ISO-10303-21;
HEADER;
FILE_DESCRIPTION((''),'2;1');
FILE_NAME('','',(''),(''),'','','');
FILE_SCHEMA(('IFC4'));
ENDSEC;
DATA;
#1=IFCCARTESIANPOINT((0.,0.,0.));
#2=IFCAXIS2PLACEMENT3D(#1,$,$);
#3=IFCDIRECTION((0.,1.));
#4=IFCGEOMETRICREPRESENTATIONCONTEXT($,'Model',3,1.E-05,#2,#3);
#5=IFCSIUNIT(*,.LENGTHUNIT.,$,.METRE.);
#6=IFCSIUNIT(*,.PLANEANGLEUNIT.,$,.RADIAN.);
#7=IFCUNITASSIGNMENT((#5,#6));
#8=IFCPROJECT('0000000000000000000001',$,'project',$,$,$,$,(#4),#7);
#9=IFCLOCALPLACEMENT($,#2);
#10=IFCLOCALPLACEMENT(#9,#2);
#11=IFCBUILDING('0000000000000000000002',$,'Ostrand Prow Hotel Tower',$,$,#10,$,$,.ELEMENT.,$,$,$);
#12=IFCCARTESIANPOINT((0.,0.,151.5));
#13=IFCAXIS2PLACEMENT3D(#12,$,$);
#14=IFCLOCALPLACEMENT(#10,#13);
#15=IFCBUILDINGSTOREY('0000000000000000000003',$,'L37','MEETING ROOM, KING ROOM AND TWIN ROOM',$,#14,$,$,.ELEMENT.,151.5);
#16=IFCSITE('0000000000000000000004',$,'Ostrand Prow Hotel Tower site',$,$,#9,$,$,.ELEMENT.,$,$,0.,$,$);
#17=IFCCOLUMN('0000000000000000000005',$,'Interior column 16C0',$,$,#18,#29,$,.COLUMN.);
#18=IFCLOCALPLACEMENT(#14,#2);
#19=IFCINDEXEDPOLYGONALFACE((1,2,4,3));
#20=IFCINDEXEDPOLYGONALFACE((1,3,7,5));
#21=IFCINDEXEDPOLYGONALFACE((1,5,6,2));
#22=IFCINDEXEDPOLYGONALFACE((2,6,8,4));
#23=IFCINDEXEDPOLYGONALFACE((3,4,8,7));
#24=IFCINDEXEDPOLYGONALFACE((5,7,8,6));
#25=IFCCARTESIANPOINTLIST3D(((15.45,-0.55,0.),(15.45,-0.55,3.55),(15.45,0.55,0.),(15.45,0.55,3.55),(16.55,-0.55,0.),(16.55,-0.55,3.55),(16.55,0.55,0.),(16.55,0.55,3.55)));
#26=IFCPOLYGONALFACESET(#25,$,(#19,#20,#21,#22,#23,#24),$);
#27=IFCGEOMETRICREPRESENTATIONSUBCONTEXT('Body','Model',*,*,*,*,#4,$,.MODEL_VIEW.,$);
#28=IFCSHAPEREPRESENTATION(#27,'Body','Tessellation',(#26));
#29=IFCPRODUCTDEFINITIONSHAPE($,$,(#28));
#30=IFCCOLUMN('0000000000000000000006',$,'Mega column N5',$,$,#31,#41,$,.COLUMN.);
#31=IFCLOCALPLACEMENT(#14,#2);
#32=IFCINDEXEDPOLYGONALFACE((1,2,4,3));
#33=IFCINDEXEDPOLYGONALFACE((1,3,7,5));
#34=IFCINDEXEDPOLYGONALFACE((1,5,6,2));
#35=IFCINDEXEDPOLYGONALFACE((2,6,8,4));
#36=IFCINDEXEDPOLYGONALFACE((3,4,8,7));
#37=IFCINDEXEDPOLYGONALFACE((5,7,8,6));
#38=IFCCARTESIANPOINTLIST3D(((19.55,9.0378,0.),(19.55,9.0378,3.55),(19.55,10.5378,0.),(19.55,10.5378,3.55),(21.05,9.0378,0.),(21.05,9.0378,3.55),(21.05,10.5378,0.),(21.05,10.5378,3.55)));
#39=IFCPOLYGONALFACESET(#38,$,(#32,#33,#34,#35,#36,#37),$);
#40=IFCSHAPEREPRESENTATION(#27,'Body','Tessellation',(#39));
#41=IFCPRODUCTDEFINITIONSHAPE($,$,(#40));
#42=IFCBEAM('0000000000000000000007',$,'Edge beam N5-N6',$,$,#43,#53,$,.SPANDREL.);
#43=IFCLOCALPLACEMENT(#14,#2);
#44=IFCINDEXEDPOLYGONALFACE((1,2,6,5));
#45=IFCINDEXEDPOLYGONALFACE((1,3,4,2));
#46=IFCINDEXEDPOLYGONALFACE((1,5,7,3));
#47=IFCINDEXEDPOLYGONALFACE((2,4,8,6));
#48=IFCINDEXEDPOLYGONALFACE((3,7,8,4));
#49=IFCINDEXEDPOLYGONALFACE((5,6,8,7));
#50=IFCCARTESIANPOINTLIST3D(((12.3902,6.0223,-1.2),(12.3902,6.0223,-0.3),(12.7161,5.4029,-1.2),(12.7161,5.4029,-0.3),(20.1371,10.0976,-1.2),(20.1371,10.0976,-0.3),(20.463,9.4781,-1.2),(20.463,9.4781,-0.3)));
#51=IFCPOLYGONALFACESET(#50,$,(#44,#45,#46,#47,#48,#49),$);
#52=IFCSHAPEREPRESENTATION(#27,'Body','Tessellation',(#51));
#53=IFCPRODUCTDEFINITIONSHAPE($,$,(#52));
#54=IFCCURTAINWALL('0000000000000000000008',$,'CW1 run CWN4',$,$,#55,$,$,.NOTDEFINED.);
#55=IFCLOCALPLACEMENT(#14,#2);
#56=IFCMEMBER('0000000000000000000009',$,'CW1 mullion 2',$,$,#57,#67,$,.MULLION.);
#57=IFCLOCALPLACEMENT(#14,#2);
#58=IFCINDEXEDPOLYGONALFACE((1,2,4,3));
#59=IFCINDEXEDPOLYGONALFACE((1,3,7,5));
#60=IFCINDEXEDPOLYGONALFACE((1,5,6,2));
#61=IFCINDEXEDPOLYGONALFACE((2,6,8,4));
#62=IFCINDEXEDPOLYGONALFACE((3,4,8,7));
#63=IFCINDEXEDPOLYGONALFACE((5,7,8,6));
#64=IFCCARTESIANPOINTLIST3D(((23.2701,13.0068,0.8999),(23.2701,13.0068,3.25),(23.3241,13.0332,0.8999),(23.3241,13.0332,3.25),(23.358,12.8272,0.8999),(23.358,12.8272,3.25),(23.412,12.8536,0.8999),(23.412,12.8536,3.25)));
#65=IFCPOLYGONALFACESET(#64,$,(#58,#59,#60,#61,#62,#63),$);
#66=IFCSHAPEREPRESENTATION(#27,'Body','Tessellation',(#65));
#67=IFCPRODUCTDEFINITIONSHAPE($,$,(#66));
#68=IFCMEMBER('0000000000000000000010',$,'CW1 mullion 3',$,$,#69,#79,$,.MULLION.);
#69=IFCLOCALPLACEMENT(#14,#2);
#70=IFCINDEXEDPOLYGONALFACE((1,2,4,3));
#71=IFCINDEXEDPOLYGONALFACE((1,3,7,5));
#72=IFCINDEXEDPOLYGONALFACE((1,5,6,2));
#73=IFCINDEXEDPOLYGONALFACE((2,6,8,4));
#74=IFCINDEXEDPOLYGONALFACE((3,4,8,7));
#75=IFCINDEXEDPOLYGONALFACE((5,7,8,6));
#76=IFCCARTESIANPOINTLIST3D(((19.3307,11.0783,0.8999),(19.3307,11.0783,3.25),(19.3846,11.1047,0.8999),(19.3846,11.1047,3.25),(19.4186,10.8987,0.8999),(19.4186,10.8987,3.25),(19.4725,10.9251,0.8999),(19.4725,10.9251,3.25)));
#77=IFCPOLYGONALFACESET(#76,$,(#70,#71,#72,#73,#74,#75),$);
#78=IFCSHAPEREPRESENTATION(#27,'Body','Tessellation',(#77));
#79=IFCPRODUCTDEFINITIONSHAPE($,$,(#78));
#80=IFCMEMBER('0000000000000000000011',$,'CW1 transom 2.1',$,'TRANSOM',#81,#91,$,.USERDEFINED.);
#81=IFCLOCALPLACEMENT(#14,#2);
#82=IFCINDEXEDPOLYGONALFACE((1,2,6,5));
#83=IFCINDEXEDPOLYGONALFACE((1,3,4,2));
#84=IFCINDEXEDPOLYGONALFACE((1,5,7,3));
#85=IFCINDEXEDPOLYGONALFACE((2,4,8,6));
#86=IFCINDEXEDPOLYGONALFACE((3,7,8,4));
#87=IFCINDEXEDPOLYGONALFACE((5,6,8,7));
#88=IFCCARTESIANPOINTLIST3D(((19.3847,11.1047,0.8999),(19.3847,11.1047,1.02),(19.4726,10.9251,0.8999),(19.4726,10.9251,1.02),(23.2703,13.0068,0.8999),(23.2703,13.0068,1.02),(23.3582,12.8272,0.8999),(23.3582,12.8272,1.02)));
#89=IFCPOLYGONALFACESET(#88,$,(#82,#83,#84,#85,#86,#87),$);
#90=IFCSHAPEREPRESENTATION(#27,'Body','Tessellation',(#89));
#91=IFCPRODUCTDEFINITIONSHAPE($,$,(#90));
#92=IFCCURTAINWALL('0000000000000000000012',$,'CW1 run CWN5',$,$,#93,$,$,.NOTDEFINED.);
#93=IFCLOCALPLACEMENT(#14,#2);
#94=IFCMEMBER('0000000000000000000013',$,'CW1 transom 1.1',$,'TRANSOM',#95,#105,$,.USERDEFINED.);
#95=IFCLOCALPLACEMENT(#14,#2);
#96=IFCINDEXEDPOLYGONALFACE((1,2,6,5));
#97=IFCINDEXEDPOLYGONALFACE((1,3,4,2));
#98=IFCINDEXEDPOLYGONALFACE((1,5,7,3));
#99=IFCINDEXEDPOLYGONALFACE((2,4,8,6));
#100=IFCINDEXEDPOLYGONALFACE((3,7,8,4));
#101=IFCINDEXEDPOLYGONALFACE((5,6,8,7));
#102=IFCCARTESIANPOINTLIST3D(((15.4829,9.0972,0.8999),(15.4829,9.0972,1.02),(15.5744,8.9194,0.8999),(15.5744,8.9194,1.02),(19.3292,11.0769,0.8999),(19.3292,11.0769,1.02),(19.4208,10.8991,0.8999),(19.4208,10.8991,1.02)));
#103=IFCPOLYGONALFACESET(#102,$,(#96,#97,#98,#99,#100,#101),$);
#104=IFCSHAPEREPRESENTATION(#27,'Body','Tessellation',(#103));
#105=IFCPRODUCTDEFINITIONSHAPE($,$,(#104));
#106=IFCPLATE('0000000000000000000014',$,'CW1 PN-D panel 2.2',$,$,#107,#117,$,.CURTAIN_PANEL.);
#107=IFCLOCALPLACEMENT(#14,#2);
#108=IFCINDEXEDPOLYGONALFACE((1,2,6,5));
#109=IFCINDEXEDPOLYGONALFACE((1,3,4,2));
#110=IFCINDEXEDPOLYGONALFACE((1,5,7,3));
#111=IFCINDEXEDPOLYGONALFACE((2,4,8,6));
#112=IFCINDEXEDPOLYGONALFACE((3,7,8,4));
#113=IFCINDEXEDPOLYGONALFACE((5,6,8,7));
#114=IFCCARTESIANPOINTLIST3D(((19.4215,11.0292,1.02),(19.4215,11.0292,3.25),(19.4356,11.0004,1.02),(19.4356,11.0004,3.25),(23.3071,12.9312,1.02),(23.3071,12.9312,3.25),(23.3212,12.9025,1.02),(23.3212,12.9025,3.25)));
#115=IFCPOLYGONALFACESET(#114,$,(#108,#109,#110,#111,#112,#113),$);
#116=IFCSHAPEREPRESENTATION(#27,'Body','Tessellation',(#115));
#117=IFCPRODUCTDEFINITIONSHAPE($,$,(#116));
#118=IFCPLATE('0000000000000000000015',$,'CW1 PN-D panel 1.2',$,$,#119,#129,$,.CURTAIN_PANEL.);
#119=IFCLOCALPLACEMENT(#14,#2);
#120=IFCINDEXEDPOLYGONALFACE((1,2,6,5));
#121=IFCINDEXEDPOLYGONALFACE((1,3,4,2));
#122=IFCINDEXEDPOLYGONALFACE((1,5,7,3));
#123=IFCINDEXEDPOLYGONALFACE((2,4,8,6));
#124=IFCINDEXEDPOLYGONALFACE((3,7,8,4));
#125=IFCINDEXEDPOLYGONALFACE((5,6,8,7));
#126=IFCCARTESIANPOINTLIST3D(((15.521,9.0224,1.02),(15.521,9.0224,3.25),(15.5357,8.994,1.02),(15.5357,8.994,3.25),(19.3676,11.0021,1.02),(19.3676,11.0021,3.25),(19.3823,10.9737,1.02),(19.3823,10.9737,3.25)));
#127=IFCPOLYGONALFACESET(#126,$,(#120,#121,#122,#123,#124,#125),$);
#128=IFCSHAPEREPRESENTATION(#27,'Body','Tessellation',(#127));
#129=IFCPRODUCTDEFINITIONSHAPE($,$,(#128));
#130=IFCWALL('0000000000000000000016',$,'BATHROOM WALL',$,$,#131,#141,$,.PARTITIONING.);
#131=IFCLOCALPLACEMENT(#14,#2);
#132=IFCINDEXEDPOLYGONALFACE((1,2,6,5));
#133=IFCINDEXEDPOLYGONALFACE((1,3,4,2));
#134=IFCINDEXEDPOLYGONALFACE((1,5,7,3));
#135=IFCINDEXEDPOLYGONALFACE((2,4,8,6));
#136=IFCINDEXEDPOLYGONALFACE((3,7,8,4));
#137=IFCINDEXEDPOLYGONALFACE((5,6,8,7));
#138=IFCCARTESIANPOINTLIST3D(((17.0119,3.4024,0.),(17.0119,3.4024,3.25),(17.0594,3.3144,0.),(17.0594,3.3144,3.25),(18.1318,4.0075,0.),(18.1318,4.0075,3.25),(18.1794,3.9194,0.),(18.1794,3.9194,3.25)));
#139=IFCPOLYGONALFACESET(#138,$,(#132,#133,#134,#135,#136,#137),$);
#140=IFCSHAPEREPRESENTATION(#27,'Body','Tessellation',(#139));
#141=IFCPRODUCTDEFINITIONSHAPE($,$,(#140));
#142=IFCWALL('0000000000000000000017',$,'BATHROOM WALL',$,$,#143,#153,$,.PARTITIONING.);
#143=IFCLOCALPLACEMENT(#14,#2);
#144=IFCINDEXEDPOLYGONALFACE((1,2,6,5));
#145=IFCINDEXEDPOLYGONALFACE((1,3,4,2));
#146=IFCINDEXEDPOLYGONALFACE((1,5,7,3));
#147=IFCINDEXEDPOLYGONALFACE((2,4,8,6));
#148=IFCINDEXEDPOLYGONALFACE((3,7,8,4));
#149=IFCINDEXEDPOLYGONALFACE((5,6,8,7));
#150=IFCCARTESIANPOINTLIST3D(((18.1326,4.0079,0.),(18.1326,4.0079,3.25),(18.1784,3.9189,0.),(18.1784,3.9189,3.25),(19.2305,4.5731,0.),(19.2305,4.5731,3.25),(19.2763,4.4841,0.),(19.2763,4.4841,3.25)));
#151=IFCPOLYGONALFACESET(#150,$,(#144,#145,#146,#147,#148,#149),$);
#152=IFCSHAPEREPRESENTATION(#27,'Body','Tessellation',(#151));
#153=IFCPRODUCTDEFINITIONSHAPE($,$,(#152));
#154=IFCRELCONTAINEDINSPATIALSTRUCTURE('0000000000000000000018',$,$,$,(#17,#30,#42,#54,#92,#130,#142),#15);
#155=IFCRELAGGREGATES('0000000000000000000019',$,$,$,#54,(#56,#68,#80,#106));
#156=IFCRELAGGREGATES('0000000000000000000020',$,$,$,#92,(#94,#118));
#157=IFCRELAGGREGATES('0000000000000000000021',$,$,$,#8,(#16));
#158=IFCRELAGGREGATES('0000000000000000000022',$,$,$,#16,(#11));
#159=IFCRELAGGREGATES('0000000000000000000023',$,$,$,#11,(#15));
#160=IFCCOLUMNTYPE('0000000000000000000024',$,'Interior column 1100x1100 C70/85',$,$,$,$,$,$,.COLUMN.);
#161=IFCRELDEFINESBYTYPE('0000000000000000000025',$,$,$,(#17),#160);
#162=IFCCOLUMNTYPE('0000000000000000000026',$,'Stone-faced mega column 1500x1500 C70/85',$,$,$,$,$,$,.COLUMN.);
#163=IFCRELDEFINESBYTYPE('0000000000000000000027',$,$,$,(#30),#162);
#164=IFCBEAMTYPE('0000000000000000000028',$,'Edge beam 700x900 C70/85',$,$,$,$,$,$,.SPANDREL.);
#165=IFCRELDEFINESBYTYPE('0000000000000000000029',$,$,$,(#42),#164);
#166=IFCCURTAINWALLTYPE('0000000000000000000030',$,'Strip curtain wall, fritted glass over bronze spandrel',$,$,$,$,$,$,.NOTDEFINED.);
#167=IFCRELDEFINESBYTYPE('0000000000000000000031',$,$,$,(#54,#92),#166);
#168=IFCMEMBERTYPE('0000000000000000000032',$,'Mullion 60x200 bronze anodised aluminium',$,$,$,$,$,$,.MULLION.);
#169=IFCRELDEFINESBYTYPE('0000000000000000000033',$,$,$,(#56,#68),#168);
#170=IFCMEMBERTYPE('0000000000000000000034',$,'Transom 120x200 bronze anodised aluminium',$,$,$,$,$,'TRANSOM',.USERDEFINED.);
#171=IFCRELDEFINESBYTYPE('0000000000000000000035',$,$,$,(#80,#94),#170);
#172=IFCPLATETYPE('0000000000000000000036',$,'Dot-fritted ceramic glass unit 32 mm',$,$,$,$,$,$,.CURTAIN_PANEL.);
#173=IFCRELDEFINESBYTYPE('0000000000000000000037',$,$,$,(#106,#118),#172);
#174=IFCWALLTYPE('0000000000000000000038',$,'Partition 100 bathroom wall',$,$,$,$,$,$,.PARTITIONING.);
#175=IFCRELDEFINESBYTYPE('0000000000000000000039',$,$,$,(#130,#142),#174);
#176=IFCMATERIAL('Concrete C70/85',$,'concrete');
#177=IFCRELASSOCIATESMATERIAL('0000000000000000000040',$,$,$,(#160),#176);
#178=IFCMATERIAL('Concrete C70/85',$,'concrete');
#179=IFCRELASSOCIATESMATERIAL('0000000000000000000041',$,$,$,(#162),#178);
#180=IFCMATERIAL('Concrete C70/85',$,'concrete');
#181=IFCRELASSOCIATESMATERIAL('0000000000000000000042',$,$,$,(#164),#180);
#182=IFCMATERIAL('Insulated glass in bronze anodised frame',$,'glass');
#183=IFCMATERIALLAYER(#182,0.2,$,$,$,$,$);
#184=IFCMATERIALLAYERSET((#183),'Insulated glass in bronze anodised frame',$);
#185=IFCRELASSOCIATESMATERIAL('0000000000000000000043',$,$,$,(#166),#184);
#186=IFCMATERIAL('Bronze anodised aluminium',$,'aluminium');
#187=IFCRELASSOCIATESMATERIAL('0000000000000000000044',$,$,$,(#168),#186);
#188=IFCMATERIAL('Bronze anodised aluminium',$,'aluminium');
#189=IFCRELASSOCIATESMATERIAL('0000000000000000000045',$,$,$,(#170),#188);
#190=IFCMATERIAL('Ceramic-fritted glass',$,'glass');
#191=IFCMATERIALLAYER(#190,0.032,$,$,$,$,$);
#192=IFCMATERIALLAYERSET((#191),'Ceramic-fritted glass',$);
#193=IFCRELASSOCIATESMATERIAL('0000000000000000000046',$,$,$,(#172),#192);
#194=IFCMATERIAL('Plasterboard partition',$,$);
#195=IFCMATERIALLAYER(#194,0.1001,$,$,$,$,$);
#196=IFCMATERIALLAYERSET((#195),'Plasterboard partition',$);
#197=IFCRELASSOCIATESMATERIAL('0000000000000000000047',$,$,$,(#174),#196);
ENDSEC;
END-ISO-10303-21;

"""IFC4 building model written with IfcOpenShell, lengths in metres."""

from ifc_helpers import new_model, si_unit, direction, frame, frame_2d, origin, origin_2d, place, context, subcontext, project, spatial, rectangle, extrude, material, layer, layer_set, material_profile, profile_set, type_object, element, aggregate, save


model = new_model("IFC4")

# Units and contexts
model_context = context("Model", 3, precision=1e-05, world=origin(), true_north=direction((0.0, 1.0)))
body_context = subcontext(model_context, "Body", "Model", "MODEL_VIEW")
ifc_project = project(units=[si_unit("LENGTHUNIT", "METRE"), si_unit("PLANEANGLEUNIT", "RADIAN")], contexts=[model_context])

# Site, building, storey
site_placement = place(None, origin())
site = spatial("IfcSite", under=ifc_project, at=site_placement, Name="Ostrand Prow Hotel Tower site", CompositionType="ELEMENT", RefElevation=0.0)
building_placement = place(site_placement, origin())
building = spatial("IfcBuilding", under=site, at=building_placement, Name="Ostrand Prow Hotel Tower", CompositionType="ELEMENT")
storey_placement = place(building_placement, frame((0.0, 0.0, 151.5)))
storey = spatial("IfcBuildingStorey", under=building, at=storey_placement, Name="L37", Description="MEETING ROOM, KING ROOM AND TWIN ROOM", CompositionType="ELEMENT", Elevation=151.5)

# Columns
ifc_material_1 = material(Name="Concrete C70/85", Category="concrete")
ifc_material_profile_1 = material_profile(ifc_material_1, rectangle(XDim=1.1001, YDim=1.1001, at=origin_2d()), Name="RC 1100x1100")
ifc_profile_set_1 = profile_set([ifc_material_profile_1], Name="Concrete C70/85")
column_type_1 = type_object("IfcColumnType", Name="Interior column 1100x1100 C70/85", PredefinedType="COLUMN", material=ifc_profile_set_1)
column_1_placement = place(storey_placement, frame((16.0, 0.0, 0.0), z_axis=(0.0, 0.0, 1.0), x_axis=(1.0, 0.0, 0.0)))
element("IfcColumn", 1, at=column_1_placement, inside=storey, type_object=column_type_1, Name="Interior column 16C0", PredefinedType="COLUMN", context=body_context, shape_type="SweptSolid", body=[
    extrude(rectangle(XDim=1.1001, YDim=1.1001, at=origin_2d()), origin(), (0.0, 0.0, 1.0), 3.55),
])
ifc_material_2 = material(Name="Concrete C70/85", Category="concrete")
ifc_material_profile_2 = material_profile(ifc_material_2, rectangle(XDim=1.5, YDim=1.5, at=origin_2d()), Name="RC 1500x1500")
ifc_profile_set_2 = profile_set([ifc_material_profile_2], Name="Concrete C70/85")
column_type_2 = type_object("IfcColumnType", Name="Stone-faced mega column 1500x1500 C70/85", PredefinedType="COLUMN", material=ifc_profile_set_2)
column_2_placement = place(storey_placement, frame((20.3, 9.7878, 0.0), z_axis=(0.0, 0.0, 1.0), x_axis=(1.0, 0.0, 0.0)))
element("IfcColumn", 2, at=column_2_placement, inside=storey, type_object=column_type_2, Name="Mega column N5", PredefinedType="COLUMN", context=body_context, shape_type="SweptSolid", body=[
    extrude(rectangle(XDim=1.5, YDim=1.5, at=origin_2d()), origin(), (0.0, 0.0, 1.0), 3.55),
])

# Beam
ifc_material_3 = material(Name="Concrete C70/85", Category="concrete")
ifc_material_profile_3 = material_profile(ifc_material_3, rectangle(XDim=0.7, YDim=0.8999, at=origin_2d()), Name="RC 700x900")
ifc_profile_set_3 = profile_set([ifc_material_profile_3], Name="Concrete C70/85")
beam_type = type_object("IfcBeamType", Name="Edge beam 700x900 C70/85", PredefinedType="SPANDREL", material=ifc_profile_set_3)
beam_placement = place(storey_placement, frame((20.3, 9.7878, -0.75), z_axis=(-0.885016, -0.46556, 0.0), x_axis=(0.46556, -0.885016, 0.0)))
element("IfcBeam", 3, at=beam_placement, inside=storey, type_object=beam_type, Name="Edge beam N5-N6", PredefinedType="SPANDREL", context=body_context, shape_type="SweptSolid", body=[
    extrude(rectangle(XDim=0.7, YDim=0.8999, at=origin_2d()), origin(), (0.0, 0.0, 1.0), 8.7534),
])

# Curtain wall, members
ifc_material_4 = material(Name="Insulated glass in bronze anodised frame", Category="glass")
ifc_layer_1 = layer(ifc_material_4, 0.2)
ifc_layer_set_1 = layer_set([ifc_layer_1], Name="Insulated glass in bronze anodised frame")
curtain_wall_type = type_object("IfcCurtainWallType", Name="Strip curtain wall, fritted glass over bronze spandrel", PredefinedType="NOTDEFINED", material=ifc_layer_set_1)
curtain_wall_1_placement = place(storey_placement, origin())
curtain_wall_1 = element("IfcCurtainWall", 4, at=curtain_wall_1_placement, inside=storey, type_object=curtain_wall_type, Name="CW1 run CWN4", PredefinedType="NOTDEFINED")
ifc_material_5 = material(Name="Bronze anodised aluminium", Category="aluminium")
ifc_material_profile_4 = material_profile(ifc_material_5, rectangle(XDim=0.2, YDim=0.0601, at=origin_2d()), Name="Mullion 60x200 bronze anodised aluminium")
ifc_profile_set_4 = profile_set([ifc_material_profile_4], Name="Bronze anodised aluminium")
member_type_1 = type_object("IfcMemberType", Name="Mullion 60x200 bronze anodised aluminium", PredefinedType="MULLION", material=ifc_profile_set_4)
member_1_placement = place(storey_placement, frame((23.3411, 12.9302, 0.8999), z_axis=(0.0, 0.0, 1.0), x_axis=(0.439659, -0.898165, 0.0)))
member_1 = element("IfcMember", 5, at=member_1_placement, type_object=member_type_1, Name="CW1 mullion 2", PredefinedType="MULLION", context=body_context, shape_type="SweptSolid", body=[
    extrude(rectangle(XDim=0.2, YDim=0.0601, at=origin_2d()), origin(), (0.0, 0.0, 1.0), 2.3501),
])
member_2_placement = place(storey_placement, frame((19.4016, 11.0017, 0.8999), z_axis=(0.0, 0.0, 1.0), x_axis=(0.439659, -0.898165, 0.0)))
member_2 = element("IfcMember", 6, at=member_2_placement, type_object=member_type_1, Name="CW1 mullion 3", PredefinedType="MULLION", context=body_context, shape_type="SweptSolid", body=[
    extrude(rectangle(XDim=0.2, YDim=0.0601, at=origin_2d()), origin(), (0.0, 0.0, 1.0), 2.3501),
])
ifc_material_6 = material(Name="Bronze anodised aluminium", Category="aluminium")
ifc_material_profile_5 = material_profile(ifc_material_6, rectangle(XDim=0.2, YDim=0.1201, at=origin_2d()), Name="Transom 120x200 bronze anodised aluminium")
ifc_profile_set_5 = profile_set([ifc_material_profile_5], Name="Bronze anodised aluminium")
member_type_2 = type_object("IfcMemberType", Name="Transom 120x200 bronze anodised aluminium", ElementType="TRANSOM", PredefinedType="USERDEFINED", material=ifc_profile_set_5)
member_3_placement = place(storey_placement, frame((23.3142, 12.917, 0.96), z_axis=(-0.898154, -0.439681, 0.0), x_axis=(0.439681, -0.898154, 0.0)))
member_3 = element("IfcMember", 7, at=member_3_placement, type_object=member_type_2, Name="CW1 transom 2.1", ObjectType="TRANSOM", PredefinedType="USERDEFINED", context=body_context, shape_type="SweptSolid", body=[
    extrude(rectangle(XDim=0.2, YDim=0.1201, at=origin_2d()), origin(), (0.0, 0.0, 1.0), 4.3262),
])

# Curtain wall, member
curtain_wall_2_placement = place(storey_placement, origin())
curtain_wall_2 = element("IfcCurtainWall", 8, at=curtain_wall_2_placement, inside=storey, type_object=curtain_wall_type, Name="CW1 run CWN5", PredefinedType="NOTDEFINED")
member_4_placement = place(storey_placement, frame((19.375, 10.988, 0.96), z_axis=(-0.88914, -0.457635, 0.0), x_axis=(0.457635, -0.88914, 0.0)))
member_4 = element("IfcMember", 9, at=member_4_placement, type_object=member_type_2, Name="CW1 transom 1.1", ObjectType="TRANSOM", PredefinedType="USERDEFINED", context=body_context, shape_type="SweptSolid", body=[
    extrude(rectangle(XDim=0.2, YDim=0.1201, at=origin_2d()), origin(), (0.0, 0.0, 1.0), 4.3259),
])

# Plates
ifc_material_7 = material(Name="Ceramic-fritted glass", Category="glass")
ifc_layer_2 = layer(ifc_material_7, 0.032)
ifc_layer_set_2 = layer_set([ifc_layer_2], Name="Ceramic-fritted glass")
plate_type = type_object("IfcPlateType", Name="Dot-fritted ceramic glass unit 32 mm", PredefinedType="CURTAIN_PANEL", material=ifc_layer_set_2)
plate_1_placement = place(storey_placement, frame((21.3713, 11.9658, 1.02), z_axis=(0.0, 0.0, 1.0), x_axis=(-0.898165, -0.439659, 0.0)))
plate_1 = element("IfcPlate", 10, at=plate_1_placement, type_object=plate_type, Name="CW1 PN-D panel 2.2", PredefinedType="CURTAIN_PANEL", context=body_context, shape_type="SweptSolid", body=[
    extrude(rectangle(XDim=4.3262, YDim=0.032, at=origin_2d()), origin(), (0.0, 0.0, 1.0), 2.23),
])
aggregate(curtain_wall_1, [member_1, member_2, member_3, plate_1])
plate_2_placement = place(storey_placement, frame((17.4517, 9.998, 1.02), z_axis=(0.0, 0.0, 1.0), x_axis=(-0.889148, -0.457619, 0.0)))
plate_2 = element("IfcPlate", 11, at=plate_2_placement, type_object=plate_type, Name="CW1 PN-D panel 1.2", PredefinedType="CURTAIN_PANEL", context=body_context, shape_type="SweptSolid", body=[
    extrude(rectangle(XDim=4.3262, YDim=0.032, at=origin_2d()), origin(), (0.0, 0.0, 1.0), 2.23),
])
aggregate(curtain_wall_2, [member_4, plate_2])

# Walls
ifc_material_8 = material(Name="Plasterboard partition")
ifc_layer_3 = layer(ifc_material_8, 0.1001)
ifc_layer_set_3 = layer_set([ifc_layer_3], Name="Plasterboard partition")
wall_type_1 = type_object("IfcWallType", Name="Partition 100 bathroom wall", PredefinedType="PARTITIONING", material=ifc_layer_set_3)
wall_1_placement = place(storey_placement, frame((17.0356, 3.3584, 0.0), z_axis=(0.0, 0.0, 1.0), x_axis=(0.879824, 0.4753, 0.0)))
element("IfcWall", 12, at=wall_1_placement, inside=storey, type_object=wall_type_1, Name="BATHROOM WALL", PredefinedType="PARTITIONING", context=body_context, shape_type="SweptSolid", body=[
    extrude(rectangle(XDim=1.2729, YDim=0.1001, at=frame_2d((0.6365, 0.0))), origin(), (0.0, 0.0, 1.0), 3.25),
])
wall_2_placement = place(storey_placement, frame((18.1555, 3.9634, 0.0), z_axis=(0.0, 0.0, 1.0), x_axis=(0.889106, 0.457701, 0.0)))
element("IfcWall", 13, at=wall_2_placement, inside=storey, type_object=wall_type_1, Name="BATHROOM WALL", PredefinedType="PARTITIONING", context=body_context, shape_type="SweptSolid", body=[
    extrude(rectangle(XDim=1.2349, YDim=0.1001, at=frame_2d((0.6174, 0.0))), origin(), (0.0, 0.0, 1.0), 3.25),
])

save(model, "model.ifc")
